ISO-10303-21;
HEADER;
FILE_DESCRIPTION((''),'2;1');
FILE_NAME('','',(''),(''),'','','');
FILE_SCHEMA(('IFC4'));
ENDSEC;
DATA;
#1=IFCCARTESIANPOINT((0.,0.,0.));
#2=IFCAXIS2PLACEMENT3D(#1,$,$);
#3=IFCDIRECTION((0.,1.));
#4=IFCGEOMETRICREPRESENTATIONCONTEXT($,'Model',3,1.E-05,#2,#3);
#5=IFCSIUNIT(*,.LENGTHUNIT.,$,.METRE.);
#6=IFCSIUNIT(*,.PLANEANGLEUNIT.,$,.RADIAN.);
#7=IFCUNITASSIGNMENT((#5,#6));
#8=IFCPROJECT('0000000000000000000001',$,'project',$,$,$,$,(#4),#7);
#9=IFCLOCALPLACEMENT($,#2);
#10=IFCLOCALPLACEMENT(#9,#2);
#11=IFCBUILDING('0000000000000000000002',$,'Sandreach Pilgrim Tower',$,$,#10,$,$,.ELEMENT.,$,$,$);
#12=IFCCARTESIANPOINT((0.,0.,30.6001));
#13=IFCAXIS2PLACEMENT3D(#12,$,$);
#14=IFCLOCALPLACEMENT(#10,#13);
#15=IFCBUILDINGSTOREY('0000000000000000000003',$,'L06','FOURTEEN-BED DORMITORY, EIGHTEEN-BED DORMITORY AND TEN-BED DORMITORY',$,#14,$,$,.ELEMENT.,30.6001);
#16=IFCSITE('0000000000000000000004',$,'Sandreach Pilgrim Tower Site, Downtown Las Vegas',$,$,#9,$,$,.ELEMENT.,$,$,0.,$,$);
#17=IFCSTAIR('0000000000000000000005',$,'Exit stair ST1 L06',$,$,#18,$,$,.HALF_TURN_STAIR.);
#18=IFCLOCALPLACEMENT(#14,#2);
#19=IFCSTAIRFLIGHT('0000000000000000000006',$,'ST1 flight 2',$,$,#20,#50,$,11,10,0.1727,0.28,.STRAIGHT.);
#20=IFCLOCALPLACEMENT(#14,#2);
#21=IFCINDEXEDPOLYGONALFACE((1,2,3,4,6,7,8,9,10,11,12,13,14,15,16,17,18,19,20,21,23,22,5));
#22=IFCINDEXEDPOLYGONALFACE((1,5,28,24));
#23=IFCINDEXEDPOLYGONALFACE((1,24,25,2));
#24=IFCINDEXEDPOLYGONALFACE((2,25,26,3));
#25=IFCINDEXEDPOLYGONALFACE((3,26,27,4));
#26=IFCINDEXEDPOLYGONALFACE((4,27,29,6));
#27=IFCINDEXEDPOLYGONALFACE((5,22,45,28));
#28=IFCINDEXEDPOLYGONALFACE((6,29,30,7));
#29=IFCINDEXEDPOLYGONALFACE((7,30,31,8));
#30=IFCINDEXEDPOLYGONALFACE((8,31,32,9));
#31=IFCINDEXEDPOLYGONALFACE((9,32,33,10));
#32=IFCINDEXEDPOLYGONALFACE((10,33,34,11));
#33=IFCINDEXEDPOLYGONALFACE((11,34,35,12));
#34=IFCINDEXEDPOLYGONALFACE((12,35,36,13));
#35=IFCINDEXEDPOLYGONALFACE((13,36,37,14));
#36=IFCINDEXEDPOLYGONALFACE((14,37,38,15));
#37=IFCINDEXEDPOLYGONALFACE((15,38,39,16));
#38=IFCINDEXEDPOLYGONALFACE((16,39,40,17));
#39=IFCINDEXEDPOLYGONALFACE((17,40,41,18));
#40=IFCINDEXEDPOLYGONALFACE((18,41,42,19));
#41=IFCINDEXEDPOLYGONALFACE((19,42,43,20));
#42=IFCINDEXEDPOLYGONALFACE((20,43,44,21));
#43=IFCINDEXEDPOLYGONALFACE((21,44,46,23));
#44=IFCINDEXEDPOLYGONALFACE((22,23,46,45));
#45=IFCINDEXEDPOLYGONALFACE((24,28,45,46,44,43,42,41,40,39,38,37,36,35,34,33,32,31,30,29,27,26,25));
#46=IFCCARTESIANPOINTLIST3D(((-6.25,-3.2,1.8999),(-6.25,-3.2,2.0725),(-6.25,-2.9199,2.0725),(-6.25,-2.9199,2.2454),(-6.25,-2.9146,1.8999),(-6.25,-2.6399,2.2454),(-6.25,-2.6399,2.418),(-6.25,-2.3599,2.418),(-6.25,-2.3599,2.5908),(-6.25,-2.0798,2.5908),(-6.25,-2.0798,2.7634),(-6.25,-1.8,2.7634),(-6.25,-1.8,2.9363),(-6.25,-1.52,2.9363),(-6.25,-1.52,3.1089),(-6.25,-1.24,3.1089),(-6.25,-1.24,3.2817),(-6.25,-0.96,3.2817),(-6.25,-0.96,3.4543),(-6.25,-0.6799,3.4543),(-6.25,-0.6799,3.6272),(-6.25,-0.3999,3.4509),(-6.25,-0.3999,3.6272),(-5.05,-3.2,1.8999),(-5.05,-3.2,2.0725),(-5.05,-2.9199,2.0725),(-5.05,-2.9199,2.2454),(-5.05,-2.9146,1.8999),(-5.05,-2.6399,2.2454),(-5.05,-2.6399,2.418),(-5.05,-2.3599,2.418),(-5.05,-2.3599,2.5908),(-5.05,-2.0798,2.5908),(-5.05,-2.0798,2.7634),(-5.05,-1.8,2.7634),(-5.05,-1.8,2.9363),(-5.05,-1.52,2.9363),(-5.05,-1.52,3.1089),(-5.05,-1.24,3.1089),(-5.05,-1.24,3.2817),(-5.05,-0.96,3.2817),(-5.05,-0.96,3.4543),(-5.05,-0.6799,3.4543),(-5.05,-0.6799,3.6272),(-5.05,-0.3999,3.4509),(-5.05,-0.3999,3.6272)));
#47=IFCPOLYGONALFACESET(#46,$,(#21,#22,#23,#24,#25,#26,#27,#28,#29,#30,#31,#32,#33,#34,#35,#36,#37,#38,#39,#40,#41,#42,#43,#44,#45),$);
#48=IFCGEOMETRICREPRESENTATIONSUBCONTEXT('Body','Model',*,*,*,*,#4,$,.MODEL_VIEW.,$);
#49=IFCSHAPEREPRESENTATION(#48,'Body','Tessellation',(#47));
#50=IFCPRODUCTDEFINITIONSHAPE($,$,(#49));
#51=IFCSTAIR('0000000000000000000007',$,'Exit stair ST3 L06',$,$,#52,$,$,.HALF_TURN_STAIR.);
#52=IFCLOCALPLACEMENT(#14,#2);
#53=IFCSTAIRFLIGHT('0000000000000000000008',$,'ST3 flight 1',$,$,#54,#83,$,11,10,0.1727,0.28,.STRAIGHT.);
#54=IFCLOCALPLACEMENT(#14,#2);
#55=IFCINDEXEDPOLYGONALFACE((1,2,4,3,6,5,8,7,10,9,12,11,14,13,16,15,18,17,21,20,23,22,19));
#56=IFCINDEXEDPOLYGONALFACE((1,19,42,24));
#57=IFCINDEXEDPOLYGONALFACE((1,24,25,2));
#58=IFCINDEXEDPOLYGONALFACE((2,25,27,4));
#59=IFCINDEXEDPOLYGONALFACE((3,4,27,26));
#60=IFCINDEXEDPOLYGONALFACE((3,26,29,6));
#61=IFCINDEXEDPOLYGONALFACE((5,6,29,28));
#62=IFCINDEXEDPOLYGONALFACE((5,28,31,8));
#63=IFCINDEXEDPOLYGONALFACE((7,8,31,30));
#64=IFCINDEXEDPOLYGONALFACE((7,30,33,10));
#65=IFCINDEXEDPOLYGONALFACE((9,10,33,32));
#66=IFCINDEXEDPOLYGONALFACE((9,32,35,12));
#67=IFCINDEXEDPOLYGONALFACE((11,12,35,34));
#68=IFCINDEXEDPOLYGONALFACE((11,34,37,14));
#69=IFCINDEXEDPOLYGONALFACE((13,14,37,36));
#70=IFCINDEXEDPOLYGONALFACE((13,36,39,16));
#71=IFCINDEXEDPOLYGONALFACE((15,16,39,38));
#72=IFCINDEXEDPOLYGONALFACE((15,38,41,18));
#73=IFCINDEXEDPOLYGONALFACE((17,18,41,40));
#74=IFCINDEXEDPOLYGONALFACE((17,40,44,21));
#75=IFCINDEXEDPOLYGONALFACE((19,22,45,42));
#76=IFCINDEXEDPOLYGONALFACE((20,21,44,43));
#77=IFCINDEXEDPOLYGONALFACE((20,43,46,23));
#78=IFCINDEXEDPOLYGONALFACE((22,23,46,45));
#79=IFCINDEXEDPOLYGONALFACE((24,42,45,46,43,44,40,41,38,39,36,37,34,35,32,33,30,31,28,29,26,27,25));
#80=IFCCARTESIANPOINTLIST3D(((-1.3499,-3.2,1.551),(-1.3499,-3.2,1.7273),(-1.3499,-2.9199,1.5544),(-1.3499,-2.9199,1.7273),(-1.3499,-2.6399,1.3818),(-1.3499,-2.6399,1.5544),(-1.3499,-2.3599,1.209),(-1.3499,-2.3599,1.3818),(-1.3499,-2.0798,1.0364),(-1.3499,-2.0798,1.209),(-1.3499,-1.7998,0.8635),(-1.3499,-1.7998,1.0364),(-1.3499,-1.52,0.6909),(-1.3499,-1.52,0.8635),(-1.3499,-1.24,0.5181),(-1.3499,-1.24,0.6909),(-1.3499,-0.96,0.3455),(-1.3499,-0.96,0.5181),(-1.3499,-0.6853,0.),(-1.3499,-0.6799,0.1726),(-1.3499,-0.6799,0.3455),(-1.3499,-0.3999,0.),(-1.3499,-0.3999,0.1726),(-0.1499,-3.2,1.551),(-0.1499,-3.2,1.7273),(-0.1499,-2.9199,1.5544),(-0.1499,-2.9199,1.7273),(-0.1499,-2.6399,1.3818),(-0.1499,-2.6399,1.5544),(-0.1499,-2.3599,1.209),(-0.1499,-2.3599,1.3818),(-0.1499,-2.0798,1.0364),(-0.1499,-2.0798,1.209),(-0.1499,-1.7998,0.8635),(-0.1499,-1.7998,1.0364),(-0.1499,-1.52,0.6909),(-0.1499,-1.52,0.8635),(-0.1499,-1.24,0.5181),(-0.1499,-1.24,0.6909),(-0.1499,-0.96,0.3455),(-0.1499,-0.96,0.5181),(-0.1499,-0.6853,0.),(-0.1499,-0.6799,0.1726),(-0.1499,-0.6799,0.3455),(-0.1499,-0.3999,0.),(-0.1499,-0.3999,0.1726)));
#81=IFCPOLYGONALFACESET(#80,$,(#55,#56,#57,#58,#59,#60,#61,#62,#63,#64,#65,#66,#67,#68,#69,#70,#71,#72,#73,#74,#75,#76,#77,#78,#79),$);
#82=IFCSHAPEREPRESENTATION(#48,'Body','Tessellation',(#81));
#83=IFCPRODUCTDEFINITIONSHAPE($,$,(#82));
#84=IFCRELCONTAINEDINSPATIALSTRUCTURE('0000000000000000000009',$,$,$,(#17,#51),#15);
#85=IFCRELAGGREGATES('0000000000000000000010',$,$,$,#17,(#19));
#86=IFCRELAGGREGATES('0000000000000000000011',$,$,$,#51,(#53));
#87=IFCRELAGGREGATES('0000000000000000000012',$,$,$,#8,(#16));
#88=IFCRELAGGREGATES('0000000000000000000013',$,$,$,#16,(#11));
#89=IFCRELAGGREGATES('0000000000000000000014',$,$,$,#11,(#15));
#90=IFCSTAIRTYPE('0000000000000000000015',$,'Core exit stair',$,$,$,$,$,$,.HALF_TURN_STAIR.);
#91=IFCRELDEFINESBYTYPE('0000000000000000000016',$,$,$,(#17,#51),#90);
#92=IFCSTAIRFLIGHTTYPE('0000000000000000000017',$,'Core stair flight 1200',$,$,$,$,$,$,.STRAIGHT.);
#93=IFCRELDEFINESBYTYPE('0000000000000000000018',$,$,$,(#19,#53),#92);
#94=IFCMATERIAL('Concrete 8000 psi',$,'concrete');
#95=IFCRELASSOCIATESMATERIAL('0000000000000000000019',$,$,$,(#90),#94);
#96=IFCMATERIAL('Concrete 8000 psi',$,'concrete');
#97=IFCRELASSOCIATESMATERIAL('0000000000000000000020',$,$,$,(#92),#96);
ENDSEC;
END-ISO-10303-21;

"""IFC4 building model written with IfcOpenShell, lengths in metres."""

from ifc_helpers import new_model, si_unit, direction, frame, origin, place, context, subcontext, project, spatial, polyline, outline, extrude, material, type_object, element, aggregate, save


model = new_model("IFC4")

# Units and contexts
model_context = context("Model", 3, precision=1e-05, world=origin(), true_north=direction((0.0, 1.0)))
body_context = subcontext(model_context, "Body", "Model", "MODEL_VIEW")
ifc_project = project(units=[si_unit("LENGTHUNIT", "METRE"), si_unit("PLANEANGLEUNIT", "RADIAN")], contexts=[model_context])

# Site, building, storey
site_placement = place(None, origin())
site = spatial("IfcSite", under=ifc_project, at=site_placement, Name="Sandreach Pilgrim Tower Site, Downtown Las Vegas", CompositionType="ELEMENT", RefElevation=0.0)
building_placement = place(site_placement, origin())
building = spatial("IfcBuilding", under=site, at=building_placement, Name="Sandreach Pilgrim Tower", CompositionType="ELEMENT")
storey_placement = place(building_placement, frame((0.0, 0.0, 30.6001)))
storey = spatial("IfcBuildingStorey", under=building, at=storey_placement, Name="L06", Description="FOURTEEN-BED DORMITORY, EIGHTEEN-BED DORMITORY AND TEN-BED DORMITORY", CompositionType="ELEMENT", Elevation=30.6001)

# Stairs, stair flights
ifc_material_1 = material(Name="Concrete 8000 psi", Category="concrete")
stair_type = type_object("IfcStairType", Name="Core exit stair", PredefinedType="HALF_TURN_STAIR", material=ifc_material_1)
stair_1_placement = place(storey_placement, origin())
stair_1 = element("IfcStair", 1, at=stair_1_placement, inside=storey, type_object=stair_type, Name="Exit stair ST1 L06", PredefinedType="HALF_TURN_STAIR")
ifc_material_2 = material(Name="Concrete 8000 psi", Category="concrete")
stair_flight_type = type_object("IfcStairFlightType", Name="Core stair flight 1200", PredefinedType="STRAIGHT", material=ifc_material_2)
stair_flight_1_placement = place(storey_placement, frame((-5.6499, -3.2, 1.8999), z_axis=(0.0, 0.0, 1.0), x_axis=(0.0, 1.0, 0.0)))
stair_flight_1 = element("IfcStairFlight", 2, at=stair_flight_1_placement, type_object=stair_flight_type, Name="ST1 flight 2", NumberOfRisers=11, NumberOfTreads=10, PredefinedType="STRAIGHT", RiserHeight=0.1727, TreadLength=0.28, context=body_context, shape_type="SweptSolid", body=[
    extrude(outline(polyline([(0.0, 0.0), (0.0, 0.1726), (0.28, 0.1726), (0.28, 0.3455), (0.5601, 0.3455), (0.5601, 0.5181), (0.8401, 0.5181), (0.8401, 0.6909), (1.1201, 0.6909), (1.1201, 0.8635), (1.3999, 0.8635), (1.3999, 1.0364), (1.6799, 1.0364), (1.6799, 1.209), (1.96, 1.209), (1.96, 1.3818), (2.24, 1.3818), (2.24, 1.5544), (2.52, 1.5544), (2.52, 1.7273), (2.8, 1.7273), (2.8, 1.8999), (2.8, 1.551), (0.2854, 0.0), (0.0, 0.0)])), frame((0.0, 0.6001, 0.0), z_axis=(0.0, -1.0, 0.0), x_axis=(1.0, 0.0, 0.0)), (0.0, 0.0, 1.0), 1.2),
])
aggregate(stair_1, [stair_flight_1])
stair_2_placement = place(storey_placement, origin())
stair_2 = element("IfcStair", 3, at=stair_2_placement, inside=storey, type_object=stair_type, Name="Exit stair ST3 L06", PredefinedType="HALF_TURN_STAIR")
stair_flight_2_placement = place(storey_placement, frame((-0.75, -0.3999, 0.0), z_axis=(0.0, 0.0, 1.0), x_axis=(0.0, -1.0, 0.0)))
stair_flight_2 = element("IfcStairFlight", 4, at=stair_flight_2_placement, type_object=stair_flight_type, Name="ST3 flight 1", NumberOfRisers=11, NumberOfTreads=10, PredefinedType="STRAIGHT", RiserHeight=0.1727, TreadLength=0.28, context=body_context, shape_type="SweptSolid", body=[
    extrude(outline(polyline([(0.0, 0.0), (0.0, 0.1726), (0.28, 0.1726), (0.28, 0.3455), (0.5601, 0.3455), (0.5601, 0.5181), (0.8401, 0.5181), (0.8401, 0.6909), (1.1201, 0.6909), (1.1201, 0.8635), (1.3999, 0.8635), (1.3999, 1.0364), (1.6799, 1.0364), (1.6799, 1.209), (1.96, 1.209), (1.96, 1.3818), (2.24, 1.3818), (2.24, 1.5544), (2.52, 1.5544), (2.52, 1.7273), (2.8, 1.7273), (2.8, 1.8999), (2.8, 1.551), (0.2854, 0.0), (0.0, 0.0)])), frame((0.0, 0.6001, 0.0), z_axis=(0.0, -1.0, 0.0), x_axis=(1.0, 0.0, 0.0)), (0.0, 0.0, 1.0), 1.2),
])
aggregate(stair_2, [stair_flight_2])

save(model, "model.ifc")
